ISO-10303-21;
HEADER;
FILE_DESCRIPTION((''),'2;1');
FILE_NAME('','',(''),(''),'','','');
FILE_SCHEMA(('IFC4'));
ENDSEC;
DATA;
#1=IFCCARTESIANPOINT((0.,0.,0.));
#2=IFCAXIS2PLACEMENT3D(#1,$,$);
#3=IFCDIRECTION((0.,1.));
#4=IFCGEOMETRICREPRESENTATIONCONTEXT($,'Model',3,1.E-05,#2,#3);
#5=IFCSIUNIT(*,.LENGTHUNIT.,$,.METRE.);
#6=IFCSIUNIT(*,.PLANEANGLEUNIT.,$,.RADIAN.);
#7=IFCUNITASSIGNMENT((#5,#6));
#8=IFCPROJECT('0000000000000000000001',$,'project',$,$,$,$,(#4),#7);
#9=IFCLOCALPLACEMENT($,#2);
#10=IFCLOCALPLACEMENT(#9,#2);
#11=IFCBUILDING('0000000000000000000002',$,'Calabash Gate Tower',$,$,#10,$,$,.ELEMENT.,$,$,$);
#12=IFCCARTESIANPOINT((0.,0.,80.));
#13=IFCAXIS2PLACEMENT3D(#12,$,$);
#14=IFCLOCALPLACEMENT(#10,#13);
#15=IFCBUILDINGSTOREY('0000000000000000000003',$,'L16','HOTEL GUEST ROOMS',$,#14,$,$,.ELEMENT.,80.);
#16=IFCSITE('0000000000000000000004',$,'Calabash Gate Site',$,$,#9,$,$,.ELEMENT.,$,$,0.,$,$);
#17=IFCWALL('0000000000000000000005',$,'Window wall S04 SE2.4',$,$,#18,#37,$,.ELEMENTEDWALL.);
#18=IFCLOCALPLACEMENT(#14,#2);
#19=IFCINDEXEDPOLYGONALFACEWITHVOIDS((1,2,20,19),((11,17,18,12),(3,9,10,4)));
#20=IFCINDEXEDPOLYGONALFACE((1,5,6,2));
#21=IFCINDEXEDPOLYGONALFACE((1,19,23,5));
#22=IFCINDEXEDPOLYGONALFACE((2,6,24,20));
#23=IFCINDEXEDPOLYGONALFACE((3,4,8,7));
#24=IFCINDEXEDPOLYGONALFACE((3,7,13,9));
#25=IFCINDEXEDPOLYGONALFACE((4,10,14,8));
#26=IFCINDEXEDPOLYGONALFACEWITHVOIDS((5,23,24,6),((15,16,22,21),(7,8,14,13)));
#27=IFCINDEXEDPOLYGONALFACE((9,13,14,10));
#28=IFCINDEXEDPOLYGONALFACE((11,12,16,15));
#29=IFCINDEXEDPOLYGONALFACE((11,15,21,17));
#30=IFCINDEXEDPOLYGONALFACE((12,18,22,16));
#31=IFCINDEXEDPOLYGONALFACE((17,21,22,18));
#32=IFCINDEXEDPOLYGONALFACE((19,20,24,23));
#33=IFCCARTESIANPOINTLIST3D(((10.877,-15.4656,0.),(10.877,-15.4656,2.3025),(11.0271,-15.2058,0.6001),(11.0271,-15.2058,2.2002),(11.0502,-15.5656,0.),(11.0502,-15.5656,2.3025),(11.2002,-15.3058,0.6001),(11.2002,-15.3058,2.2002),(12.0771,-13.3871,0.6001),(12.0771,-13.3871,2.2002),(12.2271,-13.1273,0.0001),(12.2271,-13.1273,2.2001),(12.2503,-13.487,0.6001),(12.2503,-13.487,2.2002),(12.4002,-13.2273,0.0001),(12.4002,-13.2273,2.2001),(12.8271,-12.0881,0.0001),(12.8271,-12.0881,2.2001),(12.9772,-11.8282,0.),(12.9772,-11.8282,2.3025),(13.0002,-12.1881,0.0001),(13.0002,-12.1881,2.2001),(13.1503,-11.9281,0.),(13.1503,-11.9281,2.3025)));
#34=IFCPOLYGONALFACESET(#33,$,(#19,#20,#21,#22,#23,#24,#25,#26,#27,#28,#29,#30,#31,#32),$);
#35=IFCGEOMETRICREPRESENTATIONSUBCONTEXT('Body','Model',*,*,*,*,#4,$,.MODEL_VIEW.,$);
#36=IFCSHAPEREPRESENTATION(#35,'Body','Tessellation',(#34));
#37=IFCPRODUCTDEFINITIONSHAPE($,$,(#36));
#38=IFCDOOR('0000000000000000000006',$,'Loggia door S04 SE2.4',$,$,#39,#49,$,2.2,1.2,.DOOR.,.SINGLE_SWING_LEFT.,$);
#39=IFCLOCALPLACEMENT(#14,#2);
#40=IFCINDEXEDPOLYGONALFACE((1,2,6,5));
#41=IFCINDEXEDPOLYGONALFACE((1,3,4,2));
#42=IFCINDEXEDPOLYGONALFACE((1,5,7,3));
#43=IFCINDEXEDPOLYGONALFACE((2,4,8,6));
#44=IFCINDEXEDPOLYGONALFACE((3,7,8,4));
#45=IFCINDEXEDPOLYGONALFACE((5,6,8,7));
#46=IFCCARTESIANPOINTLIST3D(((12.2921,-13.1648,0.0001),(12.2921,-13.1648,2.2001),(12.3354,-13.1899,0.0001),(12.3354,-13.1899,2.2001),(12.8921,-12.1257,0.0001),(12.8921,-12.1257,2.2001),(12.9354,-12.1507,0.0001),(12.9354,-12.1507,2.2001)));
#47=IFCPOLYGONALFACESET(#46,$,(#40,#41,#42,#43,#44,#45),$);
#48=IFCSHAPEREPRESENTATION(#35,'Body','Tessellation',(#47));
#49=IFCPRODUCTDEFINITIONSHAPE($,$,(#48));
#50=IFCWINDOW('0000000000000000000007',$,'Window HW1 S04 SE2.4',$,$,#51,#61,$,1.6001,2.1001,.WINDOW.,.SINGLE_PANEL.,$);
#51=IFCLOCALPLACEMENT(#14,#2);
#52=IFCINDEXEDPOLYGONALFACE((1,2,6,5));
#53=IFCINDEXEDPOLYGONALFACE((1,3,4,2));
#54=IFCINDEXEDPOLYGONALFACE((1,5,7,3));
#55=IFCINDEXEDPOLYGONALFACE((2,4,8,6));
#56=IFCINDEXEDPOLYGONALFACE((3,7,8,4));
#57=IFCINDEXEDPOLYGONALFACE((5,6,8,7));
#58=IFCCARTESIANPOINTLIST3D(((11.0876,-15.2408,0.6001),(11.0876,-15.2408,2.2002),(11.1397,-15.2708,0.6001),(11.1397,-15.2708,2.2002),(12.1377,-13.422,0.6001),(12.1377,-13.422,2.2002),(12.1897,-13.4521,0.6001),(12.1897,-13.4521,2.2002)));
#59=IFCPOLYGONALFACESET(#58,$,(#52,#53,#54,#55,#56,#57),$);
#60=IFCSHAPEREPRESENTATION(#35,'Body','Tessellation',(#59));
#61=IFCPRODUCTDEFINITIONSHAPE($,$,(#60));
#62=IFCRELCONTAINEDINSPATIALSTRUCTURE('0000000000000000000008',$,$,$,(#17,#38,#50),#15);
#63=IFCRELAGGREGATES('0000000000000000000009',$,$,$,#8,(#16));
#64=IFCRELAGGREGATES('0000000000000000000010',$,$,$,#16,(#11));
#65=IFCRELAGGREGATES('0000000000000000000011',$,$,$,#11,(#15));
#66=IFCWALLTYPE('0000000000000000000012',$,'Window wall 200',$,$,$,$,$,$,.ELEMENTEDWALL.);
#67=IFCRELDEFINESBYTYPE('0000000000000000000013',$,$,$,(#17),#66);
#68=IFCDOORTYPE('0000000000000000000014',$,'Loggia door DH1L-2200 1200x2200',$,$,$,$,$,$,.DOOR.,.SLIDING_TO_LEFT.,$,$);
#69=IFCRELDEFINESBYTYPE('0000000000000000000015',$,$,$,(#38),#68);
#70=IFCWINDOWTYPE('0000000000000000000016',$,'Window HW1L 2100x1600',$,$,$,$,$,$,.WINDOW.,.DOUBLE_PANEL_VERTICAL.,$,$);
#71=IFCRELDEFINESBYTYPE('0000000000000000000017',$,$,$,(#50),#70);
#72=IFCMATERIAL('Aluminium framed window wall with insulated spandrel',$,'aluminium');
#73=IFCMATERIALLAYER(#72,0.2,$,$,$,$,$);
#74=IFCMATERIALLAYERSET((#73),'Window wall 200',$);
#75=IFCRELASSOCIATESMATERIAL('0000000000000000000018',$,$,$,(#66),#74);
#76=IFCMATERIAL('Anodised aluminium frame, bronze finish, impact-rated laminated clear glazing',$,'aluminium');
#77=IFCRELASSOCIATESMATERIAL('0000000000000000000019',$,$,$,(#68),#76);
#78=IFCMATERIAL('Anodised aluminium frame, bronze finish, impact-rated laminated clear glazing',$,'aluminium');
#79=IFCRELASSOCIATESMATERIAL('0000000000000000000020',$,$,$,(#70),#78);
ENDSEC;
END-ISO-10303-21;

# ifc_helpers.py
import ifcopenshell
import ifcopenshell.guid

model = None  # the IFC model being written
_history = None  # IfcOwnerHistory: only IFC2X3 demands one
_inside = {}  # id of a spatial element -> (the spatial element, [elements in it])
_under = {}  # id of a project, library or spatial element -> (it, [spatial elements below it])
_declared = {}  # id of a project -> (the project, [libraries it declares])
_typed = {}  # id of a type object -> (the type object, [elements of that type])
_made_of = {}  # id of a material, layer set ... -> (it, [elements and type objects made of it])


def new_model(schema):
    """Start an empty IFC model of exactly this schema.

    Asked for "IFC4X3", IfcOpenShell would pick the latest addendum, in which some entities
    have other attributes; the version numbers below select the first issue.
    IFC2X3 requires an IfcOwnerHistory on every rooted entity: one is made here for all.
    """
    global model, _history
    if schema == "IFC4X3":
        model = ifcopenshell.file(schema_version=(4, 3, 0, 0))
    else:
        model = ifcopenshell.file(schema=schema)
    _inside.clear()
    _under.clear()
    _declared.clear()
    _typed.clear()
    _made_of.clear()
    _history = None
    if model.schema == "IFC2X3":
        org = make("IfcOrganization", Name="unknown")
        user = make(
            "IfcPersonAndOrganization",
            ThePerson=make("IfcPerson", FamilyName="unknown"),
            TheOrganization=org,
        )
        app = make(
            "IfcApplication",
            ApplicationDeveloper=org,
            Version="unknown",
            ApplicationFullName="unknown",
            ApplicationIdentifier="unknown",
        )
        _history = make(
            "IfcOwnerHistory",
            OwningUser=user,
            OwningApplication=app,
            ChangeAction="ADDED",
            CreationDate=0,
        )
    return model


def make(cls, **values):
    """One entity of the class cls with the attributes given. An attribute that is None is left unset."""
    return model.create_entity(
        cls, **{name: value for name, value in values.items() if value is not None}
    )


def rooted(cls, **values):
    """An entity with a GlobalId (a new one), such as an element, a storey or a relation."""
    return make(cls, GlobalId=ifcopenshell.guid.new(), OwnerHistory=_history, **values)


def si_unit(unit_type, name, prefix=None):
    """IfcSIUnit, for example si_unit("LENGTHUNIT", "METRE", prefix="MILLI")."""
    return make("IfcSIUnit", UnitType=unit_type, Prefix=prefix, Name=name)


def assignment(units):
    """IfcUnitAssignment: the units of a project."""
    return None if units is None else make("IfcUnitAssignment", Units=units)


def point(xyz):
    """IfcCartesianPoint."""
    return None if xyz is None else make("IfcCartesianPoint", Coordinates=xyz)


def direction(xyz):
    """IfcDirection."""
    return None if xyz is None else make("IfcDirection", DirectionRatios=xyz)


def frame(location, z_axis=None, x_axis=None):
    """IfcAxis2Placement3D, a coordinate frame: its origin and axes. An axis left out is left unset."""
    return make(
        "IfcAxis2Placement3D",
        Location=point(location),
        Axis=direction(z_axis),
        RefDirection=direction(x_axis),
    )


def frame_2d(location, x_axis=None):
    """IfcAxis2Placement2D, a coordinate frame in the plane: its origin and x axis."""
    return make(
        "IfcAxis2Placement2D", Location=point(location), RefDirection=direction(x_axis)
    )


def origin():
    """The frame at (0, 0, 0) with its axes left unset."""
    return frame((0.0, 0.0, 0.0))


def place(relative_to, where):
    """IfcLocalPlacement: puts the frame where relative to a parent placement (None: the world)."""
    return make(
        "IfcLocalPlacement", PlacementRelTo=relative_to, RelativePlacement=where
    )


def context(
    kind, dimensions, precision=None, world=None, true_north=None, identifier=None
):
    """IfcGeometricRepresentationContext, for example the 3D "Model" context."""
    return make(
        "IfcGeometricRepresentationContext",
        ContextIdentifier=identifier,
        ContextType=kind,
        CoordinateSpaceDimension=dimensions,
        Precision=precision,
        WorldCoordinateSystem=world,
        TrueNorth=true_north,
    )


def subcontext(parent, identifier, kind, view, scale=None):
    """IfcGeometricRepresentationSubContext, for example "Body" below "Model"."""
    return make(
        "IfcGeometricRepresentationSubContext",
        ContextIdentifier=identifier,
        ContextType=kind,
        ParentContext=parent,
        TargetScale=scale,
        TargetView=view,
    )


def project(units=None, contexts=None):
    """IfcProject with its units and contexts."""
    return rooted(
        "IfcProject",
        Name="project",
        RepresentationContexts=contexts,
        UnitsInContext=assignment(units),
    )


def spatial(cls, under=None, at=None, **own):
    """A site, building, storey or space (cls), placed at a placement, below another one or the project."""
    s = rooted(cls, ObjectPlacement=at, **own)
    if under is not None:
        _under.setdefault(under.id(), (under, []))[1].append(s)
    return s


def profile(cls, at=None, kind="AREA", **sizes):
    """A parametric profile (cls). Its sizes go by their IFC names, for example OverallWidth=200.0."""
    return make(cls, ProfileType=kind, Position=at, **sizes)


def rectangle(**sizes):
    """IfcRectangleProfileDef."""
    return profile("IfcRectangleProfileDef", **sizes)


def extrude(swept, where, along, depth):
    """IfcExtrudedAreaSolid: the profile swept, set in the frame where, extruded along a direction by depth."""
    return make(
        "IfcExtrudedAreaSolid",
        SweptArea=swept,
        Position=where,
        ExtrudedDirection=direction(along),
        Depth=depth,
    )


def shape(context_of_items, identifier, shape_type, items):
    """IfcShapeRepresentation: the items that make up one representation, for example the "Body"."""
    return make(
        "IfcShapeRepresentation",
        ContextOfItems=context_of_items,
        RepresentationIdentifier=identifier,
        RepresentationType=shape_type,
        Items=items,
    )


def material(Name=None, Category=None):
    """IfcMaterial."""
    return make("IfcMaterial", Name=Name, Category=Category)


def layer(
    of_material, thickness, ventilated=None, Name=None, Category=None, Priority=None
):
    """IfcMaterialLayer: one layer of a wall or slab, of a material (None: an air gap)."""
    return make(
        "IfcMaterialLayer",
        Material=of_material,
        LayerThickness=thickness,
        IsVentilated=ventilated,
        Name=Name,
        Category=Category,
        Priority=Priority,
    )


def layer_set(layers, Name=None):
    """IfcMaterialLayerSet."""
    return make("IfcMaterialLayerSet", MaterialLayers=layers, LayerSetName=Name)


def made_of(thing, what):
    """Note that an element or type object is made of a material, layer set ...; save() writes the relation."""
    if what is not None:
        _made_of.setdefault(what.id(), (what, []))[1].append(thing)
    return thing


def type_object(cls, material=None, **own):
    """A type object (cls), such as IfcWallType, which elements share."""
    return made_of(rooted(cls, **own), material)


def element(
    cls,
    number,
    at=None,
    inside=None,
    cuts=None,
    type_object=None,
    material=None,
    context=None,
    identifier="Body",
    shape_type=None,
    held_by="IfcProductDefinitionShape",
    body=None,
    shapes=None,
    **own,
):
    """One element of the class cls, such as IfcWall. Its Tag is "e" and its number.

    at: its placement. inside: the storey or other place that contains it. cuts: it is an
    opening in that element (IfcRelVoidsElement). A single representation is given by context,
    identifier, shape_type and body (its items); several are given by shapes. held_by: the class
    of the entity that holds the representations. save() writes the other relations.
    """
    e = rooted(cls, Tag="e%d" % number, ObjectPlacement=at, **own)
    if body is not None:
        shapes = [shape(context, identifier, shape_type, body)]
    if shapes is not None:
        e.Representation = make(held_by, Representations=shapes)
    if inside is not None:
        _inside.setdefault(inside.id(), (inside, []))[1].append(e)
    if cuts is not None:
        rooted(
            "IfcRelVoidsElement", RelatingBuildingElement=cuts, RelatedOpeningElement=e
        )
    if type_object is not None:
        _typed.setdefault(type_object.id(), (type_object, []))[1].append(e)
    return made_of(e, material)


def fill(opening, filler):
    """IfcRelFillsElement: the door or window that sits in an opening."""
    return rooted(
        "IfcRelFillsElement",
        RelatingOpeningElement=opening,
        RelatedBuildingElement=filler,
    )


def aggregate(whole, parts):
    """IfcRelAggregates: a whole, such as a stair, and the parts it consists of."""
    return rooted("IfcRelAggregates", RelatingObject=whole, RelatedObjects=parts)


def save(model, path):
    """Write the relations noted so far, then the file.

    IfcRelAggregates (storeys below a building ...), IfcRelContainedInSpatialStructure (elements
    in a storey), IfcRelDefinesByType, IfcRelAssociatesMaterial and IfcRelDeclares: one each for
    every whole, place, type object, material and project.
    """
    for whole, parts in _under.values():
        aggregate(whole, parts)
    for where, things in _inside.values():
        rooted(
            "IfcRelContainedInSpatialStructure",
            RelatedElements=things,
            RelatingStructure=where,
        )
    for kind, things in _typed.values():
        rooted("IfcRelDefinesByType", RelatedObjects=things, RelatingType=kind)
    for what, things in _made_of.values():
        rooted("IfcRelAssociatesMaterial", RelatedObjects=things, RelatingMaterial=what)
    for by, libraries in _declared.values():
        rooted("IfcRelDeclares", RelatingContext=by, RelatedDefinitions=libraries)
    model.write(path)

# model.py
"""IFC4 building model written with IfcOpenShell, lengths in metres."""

from ifc_helpers import new_model, si_unit, direction, frame, frame_2d, origin, place, context, subcontext, project, spatial, rectangle, extrude, material, layer, layer_set, type_object, element, fill, save


model = new_model("IFC4")

# Units and contexts
model_context = context("Model", 3, precision=1e-05, world=origin(), true_north=direction((0.0, 1.0)))
body_context = subcontext(model_context, "Body", "Model", "MODEL_VIEW")
ifc_project = project(units=[si_unit("LENGTHUNIT", "METRE"), si_unit("PLANEANGLEUNIT", "RADIAN")], contexts=[model_context])

# Site, building, storey
site_placement = place(None, origin())
site = spatial("IfcSite", under=ifc_project, at=site_placement, Name="Calabash Gate Site", CompositionType="ELEMENT", RefElevation=0.0)
building_placement = place(site_placement, origin())
building = spatial("IfcBuilding", under=site, at=building_placement, Name="Calabash Gate Tower", CompositionType="ELEMENT")
storey_placement = place(building_placement, frame((0.0, 0.0, 80.0)))
storey = spatial("IfcBuildingStorey", under=building, at=storey_placement, Name="L16", Description="HOTEL GUEST ROOMS", CompositionType="ELEMENT", Elevation=80.0)

# Wall, openings, door, window
ifc_material_1 = material(Name="Aluminium framed window wall with insulated spandrel", Category="aluminium")
ifc_layer_1 = layer(ifc_material_1, 0.2)
ifc_layer_set_1 = layer_set([ifc_layer_1], Name="Window wall 200")
wall_type_1 = type_object("IfcWallType", Name="Window wall 200", PredefinedType="ELEMENTEDWALL", material=ifc_layer_set_1)
wall_1_placement = place(storey_placement, frame((10.9636, -15.5156, 0.0), z_axis=(0.0, 0.0, 1.0), x_axis=(0.500003, 0.866024, 0.0)))
wall_1 = element("IfcWall", 1, at=wall_1_placement, inside=storey, type_object=wall_type_1, Name="Window wall S04 SE2.4", PredefinedType="ELEMENTEDWALL", context=body_context, shape_type="SweptSolid", body=[
    extrude(rectangle(XDim=4.2002, YDim=0.2, at=frame_2d((2.1001, 0.0))), origin(), (0.0, 0.0, 1.0), 2.3025),
])
opening_1_placement = place(wall_1_placement, frame((0.3, 0.0, 0.6001)))
opening_1 = element("IfcOpeningElement", 2, at=opening_1_placement, cuts=wall_1, PredefinedType="OPENING", context=body_context, shape_type="SweptSolid", body=[
    extrude(rectangle(XDim=2.1001, YDim=1.6001, at=frame_2d((1.05, 0.8))), frame((0.0, 0.1099, 0.0), z_axis=(0.0, -1.0, 0.0), x_axis=(1.0, 0.0, 0.0)), (0.0, 0.0, 1.0), 0.22),
])
opening_2_placement = place(wall_1_placement, frame((2.7, 0.0, 0.0)))
opening_2 = element("IfcOpeningElement", 3, at=opening_2_placement, cuts=wall_1, PredefinedType="OPENING", context=body_context, shape_type="SweptSolid", body=[
    extrude(rectangle(XDim=1.2, YDim=2.2, at=frame_2d((0.6001, 1.1001))), frame((0.0, 0.1099, 0.0), z_axis=(0.0, -1.0, 0.0), x_axis=(1.0, 0.0, 0.0)), (0.0, 0.0, 1.0), 0.22),
])
ifc_material_2 = material(Name="Anodised aluminium frame, bronze finish, impact-rated laminated clear glazing", Category="aluminium")
door_type_1 = type_object("IfcDoorType", Name="Loggia door DH1L-2200 1200x2200", OperationType="SLIDING_TO_LEFT", PredefinedType="DOOR", material=ifc_material_2)
door_1_placement = place(opening_2_placement, origin())
door_1 = element("IfcDoor", 4, at=door_1_placement, inside=storey, type_object=door_type_1, Name="Loggia door S04 SE2.4", OperationType="SINGLE_SWING_LEFT", OverallHeight=2.2, OverallWidth=1.2, PredefinedType="DOOR", context=body_context, shape_type="SweptSolid", body=[
    extrude(rectangle(XDim=1.2, YDim=2.2, at=frame_2d((0.6001, 1.1001))), frame((0.0, 0.0249, 0.0), z_axis=(0.0, -1.0, 0.0), x_axis=(1.0, 0.0, 0.0)), (0.0, 0.0, 1.0), 0.05),
])
fill(opening_2, door_1)
ifc_material_3 = material(Name="Anodised aluminium frame, bronze finish, impact-rated laminated clear glazing", Category="aluminium")
window_type_1 = type_object("IfcWindowType", Name="Window HW1L 2100x1600", PartitioningType="DOUBLE_PANEL_VERTICAL", PredefinedType="WINDOW", material=ifc_material_3)
window_1_placement = place(opening_1_placement, origin())
window_1 = element("IfcWindow", 5, at=window_1_placement, inside=storey, type_object=window_type_1, Name="Window HW1 S04 SE2.4", OverallHeight=1.6001, OverallWidth=2.1001, PartitioningType="SINGLE_PANEL", PredefinedType="WINDOW", context=body_context, shape_type="SweptSolid", body=[
    extrude(rectangle(XDim=2.1001, YDim=1.6001, at=frame_2d((1.05, 0.8))), frame((0.0, 0.03, 0.0), z_axis=(0.0, -1.0, 0.0), x_axis=(1.0, 0.0, 0.0)), (0.0, 0.0, 1.0), 0.0601),
])
fill(opening_1, window_1)

save(model, "model.ifc")
